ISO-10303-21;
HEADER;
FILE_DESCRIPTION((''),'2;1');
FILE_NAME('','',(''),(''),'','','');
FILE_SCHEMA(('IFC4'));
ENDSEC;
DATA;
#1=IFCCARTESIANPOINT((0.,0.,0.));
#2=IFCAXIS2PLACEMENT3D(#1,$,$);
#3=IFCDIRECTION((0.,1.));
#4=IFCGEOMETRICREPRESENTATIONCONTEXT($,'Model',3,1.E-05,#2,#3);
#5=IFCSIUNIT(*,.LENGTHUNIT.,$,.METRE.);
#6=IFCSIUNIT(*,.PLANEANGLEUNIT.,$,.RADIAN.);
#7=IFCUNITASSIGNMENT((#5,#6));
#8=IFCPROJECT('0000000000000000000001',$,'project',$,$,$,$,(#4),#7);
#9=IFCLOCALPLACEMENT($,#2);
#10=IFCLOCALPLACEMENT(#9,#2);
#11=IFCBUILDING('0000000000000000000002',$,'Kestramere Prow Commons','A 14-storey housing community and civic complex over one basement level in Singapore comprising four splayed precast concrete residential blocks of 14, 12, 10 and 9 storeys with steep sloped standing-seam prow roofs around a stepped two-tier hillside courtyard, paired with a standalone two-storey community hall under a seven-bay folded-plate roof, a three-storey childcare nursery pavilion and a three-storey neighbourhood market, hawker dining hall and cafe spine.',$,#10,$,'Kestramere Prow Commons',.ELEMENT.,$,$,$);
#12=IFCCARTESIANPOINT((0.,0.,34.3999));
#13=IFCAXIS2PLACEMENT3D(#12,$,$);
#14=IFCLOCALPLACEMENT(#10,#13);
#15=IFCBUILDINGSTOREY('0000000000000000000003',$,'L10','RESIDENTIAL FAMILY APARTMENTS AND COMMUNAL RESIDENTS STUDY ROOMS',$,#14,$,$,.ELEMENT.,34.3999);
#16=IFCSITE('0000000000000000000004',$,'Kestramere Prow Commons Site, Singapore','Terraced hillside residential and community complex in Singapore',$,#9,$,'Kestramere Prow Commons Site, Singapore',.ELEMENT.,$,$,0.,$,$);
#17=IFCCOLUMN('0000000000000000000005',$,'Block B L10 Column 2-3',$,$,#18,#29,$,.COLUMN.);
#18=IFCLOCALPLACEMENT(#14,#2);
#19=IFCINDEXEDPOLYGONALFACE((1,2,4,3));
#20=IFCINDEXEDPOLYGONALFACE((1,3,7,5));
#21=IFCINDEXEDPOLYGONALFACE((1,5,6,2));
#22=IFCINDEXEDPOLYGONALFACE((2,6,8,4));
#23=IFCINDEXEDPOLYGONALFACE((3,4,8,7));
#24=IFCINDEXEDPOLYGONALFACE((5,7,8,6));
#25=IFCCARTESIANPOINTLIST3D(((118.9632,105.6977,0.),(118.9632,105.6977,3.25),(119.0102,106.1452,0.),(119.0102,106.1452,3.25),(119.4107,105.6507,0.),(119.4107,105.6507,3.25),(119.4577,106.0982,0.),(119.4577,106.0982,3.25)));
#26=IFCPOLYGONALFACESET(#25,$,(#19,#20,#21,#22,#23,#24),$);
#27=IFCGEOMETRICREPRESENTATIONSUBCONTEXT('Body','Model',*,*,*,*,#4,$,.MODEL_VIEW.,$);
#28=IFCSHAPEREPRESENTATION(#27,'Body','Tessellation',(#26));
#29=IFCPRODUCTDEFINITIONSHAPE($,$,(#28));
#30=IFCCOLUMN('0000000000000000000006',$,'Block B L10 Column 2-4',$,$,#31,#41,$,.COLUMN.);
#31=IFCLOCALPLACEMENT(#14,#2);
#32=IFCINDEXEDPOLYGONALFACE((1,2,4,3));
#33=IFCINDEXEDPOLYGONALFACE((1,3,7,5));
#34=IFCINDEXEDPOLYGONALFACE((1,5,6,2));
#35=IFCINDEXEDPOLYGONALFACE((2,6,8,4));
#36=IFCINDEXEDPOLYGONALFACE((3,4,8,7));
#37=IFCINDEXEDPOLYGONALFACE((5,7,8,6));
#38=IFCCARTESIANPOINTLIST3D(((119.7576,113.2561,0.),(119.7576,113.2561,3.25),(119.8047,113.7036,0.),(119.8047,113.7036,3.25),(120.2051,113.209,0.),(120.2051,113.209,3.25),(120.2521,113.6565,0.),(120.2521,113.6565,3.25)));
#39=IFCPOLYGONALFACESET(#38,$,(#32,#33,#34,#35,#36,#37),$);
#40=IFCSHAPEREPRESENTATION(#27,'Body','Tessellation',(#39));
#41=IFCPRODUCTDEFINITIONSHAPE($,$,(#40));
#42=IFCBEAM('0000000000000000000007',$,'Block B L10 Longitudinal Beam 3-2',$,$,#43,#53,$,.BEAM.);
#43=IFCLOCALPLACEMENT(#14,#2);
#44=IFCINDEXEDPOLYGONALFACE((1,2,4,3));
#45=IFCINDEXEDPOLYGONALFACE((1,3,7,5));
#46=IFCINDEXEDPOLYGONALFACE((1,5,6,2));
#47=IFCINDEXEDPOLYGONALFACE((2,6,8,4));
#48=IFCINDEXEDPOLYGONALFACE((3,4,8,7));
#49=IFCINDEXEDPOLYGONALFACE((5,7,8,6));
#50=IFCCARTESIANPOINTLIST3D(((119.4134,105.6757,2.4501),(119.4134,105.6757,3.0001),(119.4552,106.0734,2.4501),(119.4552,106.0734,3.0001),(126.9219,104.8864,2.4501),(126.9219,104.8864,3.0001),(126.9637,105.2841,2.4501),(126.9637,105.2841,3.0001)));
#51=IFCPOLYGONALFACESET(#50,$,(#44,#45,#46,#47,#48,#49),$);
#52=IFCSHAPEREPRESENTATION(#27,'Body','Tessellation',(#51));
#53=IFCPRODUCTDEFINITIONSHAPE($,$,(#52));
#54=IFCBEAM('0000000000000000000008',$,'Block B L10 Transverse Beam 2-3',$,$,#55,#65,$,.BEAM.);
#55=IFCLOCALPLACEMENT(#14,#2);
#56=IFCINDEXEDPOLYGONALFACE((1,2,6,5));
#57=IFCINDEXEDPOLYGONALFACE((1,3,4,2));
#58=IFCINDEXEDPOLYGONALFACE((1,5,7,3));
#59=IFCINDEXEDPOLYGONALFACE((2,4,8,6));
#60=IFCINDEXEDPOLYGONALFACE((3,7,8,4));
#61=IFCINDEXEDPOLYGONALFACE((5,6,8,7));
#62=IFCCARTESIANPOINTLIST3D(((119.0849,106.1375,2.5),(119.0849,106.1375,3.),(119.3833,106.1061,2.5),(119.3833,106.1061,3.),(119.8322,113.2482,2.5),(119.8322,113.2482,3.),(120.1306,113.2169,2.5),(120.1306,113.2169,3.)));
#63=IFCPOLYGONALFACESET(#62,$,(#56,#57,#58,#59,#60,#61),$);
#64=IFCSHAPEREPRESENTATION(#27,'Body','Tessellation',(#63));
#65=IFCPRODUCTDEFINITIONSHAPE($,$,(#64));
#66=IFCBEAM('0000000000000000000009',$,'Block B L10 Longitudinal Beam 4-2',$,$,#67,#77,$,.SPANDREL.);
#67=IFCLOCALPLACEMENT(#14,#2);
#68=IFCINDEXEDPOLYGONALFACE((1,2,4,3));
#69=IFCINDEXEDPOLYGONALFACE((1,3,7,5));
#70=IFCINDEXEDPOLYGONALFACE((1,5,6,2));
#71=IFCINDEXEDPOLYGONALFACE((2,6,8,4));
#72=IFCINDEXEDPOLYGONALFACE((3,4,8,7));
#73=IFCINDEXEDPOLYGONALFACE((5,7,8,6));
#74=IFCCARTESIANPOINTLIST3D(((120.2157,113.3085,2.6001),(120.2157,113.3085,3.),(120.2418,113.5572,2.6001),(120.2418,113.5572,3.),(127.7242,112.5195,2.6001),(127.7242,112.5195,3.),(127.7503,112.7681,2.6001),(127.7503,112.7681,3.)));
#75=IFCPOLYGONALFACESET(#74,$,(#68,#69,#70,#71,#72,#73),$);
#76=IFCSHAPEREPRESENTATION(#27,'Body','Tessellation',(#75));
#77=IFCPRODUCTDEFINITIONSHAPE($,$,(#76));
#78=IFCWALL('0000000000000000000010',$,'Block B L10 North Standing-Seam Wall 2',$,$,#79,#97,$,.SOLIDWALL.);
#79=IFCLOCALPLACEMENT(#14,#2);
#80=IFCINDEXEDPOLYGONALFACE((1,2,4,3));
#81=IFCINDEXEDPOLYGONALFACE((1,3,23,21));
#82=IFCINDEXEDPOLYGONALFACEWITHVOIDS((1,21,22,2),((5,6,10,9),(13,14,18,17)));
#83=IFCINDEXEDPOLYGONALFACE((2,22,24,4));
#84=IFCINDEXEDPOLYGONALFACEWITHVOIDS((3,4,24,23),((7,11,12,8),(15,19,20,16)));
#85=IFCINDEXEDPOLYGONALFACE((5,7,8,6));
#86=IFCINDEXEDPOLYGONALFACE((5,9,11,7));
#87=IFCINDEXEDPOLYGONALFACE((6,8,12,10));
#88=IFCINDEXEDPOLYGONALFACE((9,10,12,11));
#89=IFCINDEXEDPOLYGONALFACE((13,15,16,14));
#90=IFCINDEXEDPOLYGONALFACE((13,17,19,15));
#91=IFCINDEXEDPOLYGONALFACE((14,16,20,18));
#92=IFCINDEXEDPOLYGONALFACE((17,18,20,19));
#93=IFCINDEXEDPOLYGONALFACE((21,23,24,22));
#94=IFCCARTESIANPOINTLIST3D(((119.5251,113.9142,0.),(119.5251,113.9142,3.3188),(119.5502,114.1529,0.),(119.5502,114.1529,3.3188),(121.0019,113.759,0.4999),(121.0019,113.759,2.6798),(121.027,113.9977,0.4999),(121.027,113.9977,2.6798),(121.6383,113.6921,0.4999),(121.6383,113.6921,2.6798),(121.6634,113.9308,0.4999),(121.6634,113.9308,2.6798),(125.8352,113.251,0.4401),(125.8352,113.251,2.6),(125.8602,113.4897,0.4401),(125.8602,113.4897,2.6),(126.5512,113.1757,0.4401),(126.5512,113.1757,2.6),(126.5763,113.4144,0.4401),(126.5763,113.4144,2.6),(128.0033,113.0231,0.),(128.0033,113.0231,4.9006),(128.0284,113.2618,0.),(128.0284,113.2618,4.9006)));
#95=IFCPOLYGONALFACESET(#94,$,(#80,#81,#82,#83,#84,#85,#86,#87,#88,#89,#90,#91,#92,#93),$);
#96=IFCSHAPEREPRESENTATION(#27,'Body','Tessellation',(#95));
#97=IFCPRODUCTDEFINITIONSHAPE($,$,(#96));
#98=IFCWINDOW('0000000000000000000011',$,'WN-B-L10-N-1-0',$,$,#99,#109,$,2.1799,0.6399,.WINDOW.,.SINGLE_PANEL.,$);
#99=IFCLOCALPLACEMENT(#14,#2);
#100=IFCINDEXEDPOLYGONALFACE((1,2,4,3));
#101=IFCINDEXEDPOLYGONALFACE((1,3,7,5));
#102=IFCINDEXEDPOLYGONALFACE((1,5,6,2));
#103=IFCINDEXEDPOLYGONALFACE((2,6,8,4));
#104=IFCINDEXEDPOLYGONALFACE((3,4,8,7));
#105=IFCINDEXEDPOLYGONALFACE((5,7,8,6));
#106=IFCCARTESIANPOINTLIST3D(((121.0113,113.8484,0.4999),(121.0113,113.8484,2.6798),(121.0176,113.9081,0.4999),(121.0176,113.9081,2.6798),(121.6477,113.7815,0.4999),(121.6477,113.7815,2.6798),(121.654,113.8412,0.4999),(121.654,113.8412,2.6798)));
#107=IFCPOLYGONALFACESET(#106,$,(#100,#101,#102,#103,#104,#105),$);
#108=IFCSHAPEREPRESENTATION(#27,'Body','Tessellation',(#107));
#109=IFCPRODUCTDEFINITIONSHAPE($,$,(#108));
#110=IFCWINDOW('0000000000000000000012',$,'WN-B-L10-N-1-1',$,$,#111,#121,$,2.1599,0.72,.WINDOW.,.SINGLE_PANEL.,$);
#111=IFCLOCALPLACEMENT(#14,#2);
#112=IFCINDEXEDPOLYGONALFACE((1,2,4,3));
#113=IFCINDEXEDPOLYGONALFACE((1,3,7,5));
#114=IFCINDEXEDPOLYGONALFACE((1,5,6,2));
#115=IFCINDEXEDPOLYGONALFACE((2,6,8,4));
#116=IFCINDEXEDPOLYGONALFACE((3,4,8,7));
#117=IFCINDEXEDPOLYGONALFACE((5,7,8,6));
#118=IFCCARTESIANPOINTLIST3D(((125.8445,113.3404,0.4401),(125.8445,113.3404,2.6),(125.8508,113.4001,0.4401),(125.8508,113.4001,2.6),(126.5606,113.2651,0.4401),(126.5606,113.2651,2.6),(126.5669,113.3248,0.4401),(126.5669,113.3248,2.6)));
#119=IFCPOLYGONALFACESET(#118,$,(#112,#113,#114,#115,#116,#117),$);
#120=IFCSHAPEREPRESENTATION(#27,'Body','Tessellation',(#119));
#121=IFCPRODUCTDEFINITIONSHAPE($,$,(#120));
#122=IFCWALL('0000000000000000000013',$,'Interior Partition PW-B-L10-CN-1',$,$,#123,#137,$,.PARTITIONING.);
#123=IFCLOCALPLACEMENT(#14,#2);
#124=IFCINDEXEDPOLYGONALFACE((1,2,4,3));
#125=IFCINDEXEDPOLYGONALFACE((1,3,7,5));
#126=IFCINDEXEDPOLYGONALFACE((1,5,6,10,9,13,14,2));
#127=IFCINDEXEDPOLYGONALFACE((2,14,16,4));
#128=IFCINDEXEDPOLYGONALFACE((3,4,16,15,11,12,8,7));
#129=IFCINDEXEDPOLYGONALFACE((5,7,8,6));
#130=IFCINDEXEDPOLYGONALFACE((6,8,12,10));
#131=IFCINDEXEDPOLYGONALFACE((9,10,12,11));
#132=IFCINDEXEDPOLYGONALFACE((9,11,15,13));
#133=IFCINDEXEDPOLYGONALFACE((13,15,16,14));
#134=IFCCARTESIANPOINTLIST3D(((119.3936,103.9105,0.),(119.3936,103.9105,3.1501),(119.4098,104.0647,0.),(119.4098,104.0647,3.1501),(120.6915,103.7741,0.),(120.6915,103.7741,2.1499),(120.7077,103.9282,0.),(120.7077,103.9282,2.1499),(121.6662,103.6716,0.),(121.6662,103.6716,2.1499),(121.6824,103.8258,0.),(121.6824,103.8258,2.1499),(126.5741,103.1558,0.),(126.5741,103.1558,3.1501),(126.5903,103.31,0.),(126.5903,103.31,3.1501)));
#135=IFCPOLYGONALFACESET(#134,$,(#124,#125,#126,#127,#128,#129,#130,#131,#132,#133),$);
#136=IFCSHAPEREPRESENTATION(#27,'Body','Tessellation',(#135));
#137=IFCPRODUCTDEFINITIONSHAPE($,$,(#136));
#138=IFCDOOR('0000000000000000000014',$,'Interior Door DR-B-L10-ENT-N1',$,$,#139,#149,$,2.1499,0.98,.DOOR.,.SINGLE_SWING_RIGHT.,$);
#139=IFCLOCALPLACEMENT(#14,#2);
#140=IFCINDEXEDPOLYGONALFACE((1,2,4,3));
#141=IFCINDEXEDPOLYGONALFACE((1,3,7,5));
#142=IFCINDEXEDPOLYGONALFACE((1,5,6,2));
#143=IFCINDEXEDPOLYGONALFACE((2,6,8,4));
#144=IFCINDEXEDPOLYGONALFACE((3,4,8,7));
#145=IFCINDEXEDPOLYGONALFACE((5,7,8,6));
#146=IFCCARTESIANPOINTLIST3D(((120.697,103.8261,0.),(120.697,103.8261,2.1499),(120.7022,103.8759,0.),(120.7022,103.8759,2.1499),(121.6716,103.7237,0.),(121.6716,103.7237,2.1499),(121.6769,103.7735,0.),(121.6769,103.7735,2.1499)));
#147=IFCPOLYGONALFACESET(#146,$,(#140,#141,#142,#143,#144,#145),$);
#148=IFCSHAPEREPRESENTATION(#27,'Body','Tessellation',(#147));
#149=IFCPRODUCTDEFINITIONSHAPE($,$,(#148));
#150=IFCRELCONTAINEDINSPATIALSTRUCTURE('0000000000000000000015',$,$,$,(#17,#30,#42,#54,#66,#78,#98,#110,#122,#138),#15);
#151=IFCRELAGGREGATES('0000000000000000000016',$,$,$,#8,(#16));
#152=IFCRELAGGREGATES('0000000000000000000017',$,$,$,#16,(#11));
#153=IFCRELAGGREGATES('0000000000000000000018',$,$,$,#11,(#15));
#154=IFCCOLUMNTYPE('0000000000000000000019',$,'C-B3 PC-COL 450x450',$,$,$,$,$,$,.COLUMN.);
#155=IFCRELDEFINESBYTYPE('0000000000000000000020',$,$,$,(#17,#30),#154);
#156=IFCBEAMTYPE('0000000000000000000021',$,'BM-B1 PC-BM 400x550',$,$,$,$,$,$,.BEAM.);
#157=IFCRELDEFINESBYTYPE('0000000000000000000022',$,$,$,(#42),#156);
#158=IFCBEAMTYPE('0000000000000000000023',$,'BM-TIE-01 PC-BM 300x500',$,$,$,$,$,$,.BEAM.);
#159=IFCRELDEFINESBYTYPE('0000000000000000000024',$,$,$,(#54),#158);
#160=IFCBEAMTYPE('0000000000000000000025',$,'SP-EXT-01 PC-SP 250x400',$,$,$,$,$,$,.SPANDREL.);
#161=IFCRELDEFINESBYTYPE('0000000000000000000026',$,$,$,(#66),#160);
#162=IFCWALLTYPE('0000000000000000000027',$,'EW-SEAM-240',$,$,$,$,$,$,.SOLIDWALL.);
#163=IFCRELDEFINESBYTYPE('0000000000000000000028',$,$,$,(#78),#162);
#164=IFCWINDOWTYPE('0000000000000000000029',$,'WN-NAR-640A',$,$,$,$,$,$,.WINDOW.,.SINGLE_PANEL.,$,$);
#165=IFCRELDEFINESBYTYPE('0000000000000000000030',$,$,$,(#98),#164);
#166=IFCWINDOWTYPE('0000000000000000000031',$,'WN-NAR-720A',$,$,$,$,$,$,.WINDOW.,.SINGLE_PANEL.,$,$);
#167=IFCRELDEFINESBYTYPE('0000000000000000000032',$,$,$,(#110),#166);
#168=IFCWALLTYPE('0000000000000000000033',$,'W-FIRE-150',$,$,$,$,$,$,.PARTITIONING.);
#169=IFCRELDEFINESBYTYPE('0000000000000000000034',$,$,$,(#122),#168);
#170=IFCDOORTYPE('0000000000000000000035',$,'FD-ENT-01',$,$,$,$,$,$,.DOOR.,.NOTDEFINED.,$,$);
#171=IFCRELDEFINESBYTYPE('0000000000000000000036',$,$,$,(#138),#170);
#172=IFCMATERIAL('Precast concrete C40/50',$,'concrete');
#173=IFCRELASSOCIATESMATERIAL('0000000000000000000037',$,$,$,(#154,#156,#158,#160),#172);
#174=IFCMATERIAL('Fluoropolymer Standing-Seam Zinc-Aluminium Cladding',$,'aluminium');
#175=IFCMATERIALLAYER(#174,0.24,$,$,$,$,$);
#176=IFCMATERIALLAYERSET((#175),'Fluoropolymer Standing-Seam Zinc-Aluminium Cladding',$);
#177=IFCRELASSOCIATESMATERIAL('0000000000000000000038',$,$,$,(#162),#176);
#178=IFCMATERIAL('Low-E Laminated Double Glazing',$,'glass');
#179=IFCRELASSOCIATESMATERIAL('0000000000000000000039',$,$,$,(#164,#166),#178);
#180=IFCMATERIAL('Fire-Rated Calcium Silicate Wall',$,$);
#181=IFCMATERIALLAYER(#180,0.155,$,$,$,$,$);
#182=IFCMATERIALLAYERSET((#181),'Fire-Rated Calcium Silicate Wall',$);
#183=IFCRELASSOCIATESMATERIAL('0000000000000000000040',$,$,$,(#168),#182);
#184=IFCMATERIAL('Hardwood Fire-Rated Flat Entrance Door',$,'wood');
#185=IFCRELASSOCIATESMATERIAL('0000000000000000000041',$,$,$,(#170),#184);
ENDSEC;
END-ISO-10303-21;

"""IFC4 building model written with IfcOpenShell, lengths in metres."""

from ifc_helpers import new_model, si_unit, direction, frame, frame_2d, origin, origin_2d, place, context, subcontext, project, spatial, polyline, rectangle, outline, extrude, material, layer, layer_set, material_profile, profile_set, type_object, element, fill, save


model = new_model("IFC4")

# Units and contexts
model_context = context("Model", 3, precision=1e-05, world=origin(), true_north=direction((0.0, 1.0)))
body_context = subcontext(model_context, "Body", "Model", "MODEL_VIEW")
ifc_project = project(units=[si_unit("LENGTHUNIT", "METRE"), si_unit("PLANEANGLEUNIT", "RADIAN")], contexts=[model_context])

# Site, building, storey
site_placement = place(None, origin())
site = spatial("IfcSite", under=ifc_project, at=site_placement, Name="Kestramere Prow Commons Site, Singapore", Description="Terraced hillside residential and community complex in Singapore", LongName="Kestramere Prow Commons Site, Singapore", CompositionType="ELEMENT", RefElevation=0.0)
building_placement = place(site_placement, origin())
building = spatial("IfcBuilding", under=site, at=building_placement, Name="Kestramere Prow Commons", Description="A 14-storey housing community and civic complex over one basement level in Singapore comprising four splayed precast concrete residential blocks of 14, 12, 10 and 9 storeys with steep sloped standing-seam prow roofs around a stepped two-tier hillside courtyard, paired with a standalone two-storey community hall under a seven-bay folded-plate roof, a three-storey childcare nursery pavilion and a three-storey neighbourhood market, hawker dining hall and cafe spine.", LongName="Kestramere Prow Commons", CompositionType="ELEMENT")
storey_placement = place(building_placement, frame((0.0, 0.0, 34.3999)))
storey = spatial("IfcBuildingStorey", under=building, at=storey_placement, Name="L10", Description="RESIDENTIAL FAMILY APARTMENTS AND COMMUNAL RESIDENTS STUDY ROOMS", CompositionType="ELEMENT", Elevation=34.3999)

# Columns
ifc_material_1 = material(Name="Precast concrete C40/50", Category="concrete")
ifc_material_profile_1 = material_profile(ifc_material_1, rectangle(XDim=0.45, YDim=0.45, at=origin_2d()), Name="PC-COL 450x450")
ifc_profile_set_1 = profile_set([ifc_material_profile_1], Name="Precast concrete C40/50")
column_type = type_object("IfcColumnType", Name="C-B3 PC-COL 450x450", PredefinedType="COLUMN", material=ifc_profile_set_1)
for number, where, z_axis, x_axis, name in (
    (1, (119.2104, 105.8979, 0.0), (0.0, 0.0, 1.0), (0.994522, -0.104528, 0.0), "Block B L10 Column 2-3"),
    (2, (120.0049, 113.4563, 0.0), (0.0, 0.0, 1.0), (0.994522, -0.104528, 0.0), "Block B L10 Column 2-4"),
):
    element("IfcColumn", number, at=place(storey_placement, frame(where, z_axis=z_axis, x_axis=x_axis)), inside=storey, type_object=column_type, Name=name, PredefinedType="COLUMN", context=body_context, shape_type="SweptSolid", body=[
        extrude(rectangle(XDim=0.45, YDim=0.45, at=origin_2d()), origin(), (0.0, 0.0, 1.0), 3.25),
    ])

# Beams
ifc_material_profile_2 = material_profile(ifc_material_1, rectangle(XDim=0.3999, YDim=0.55, at=origin_2d()), Name="PC-BM 400x550")
ifc_profile_set_2 = profile_set([ifc_material_profile_2], Name="Precast concrete C40/50")
beam_type_1 = type_object("IfcBeamType", Name="BM-B1 PC-BM 400x550", PredefinedType="BEAM", material=ifc_profile_set_2)
beam_1_placement = place(storey_placement, frame((119.4343, 105.8745, 2.7251), z_axis=(0.99452, -0.104545, 0.0), x_axis=(0.104545, 0.99452, 0.0)))
element("IfcBeam", 3, at=beam_1_placement, inside=storey, type_object=beam_type_1, Name="Block B L10 Longitudinal Beam 3-2", PredefinedType="BEAM", context=body_context, shape_type="SweptSolid", body=[
    extrude(rectangle(XDim=0.3999, YDim=0.55, at=origin_2d()), origin(), (0.0, 0.0, 1.0), 7.5498),
])
ifc_material_profile_3 = material_profile(ifc_material_1, rectangle(XDim=0.3, YDim=0.5, at=origin_2d()), Name="PC-BM 300x500")
ifc_profile_set_3 = profile_set([ifc_material_profile_3], Name="Precast concrete C40/50")
beam_type_2 = type_object("IfcBeamType", Name="BM-TIE-01 PC-BM 300x500", PredefinedType="BEAM", material=ifc_profile_set_3)
beam_2_placement = place(storey_placement, frame((119.2341, 106.1218, 2.75), z_axis=(0.104519, 0.994523, 0.0), x_axis=(-0.994523, 0.104519, 0.0)))
element("IfcBeam", 4, at=beam_2_placement, inside=storey, type_object=beam_type_2, Name="Block B L10 Transverse Beam 2-3", PredefinedType="BEAM", context=body_context, shape_type="SweptSolid", body=[
    extrude(rectangle(XDim=0.3, YDim=0.5, at=origin_2d()), origin(), (0.0, 0.0, 1.0), 7.1499),
])
ifc_material_profile_4 = material_profile(ifc_material_1, rectangle(XDim=0.25, YDim=0.3999, at=origin_2d()), Name="PC-SP 250x400")
ifc_profile_set_4 = profile_set([ifc_material_profile_4], Name="Precast concrete C40/50")
beam_type_3 = type_object("IfcBeamType", Name="SP-EXT-01 PC-SP 250x400", PredefinedType="SPANDREL", material=ifc_profile_set_4)
beam_3_placement = place(storey_placement, frame((120.2288, 113.4329, 2.8), z_axis=(0.994524, -0.104513, 0.0), x_axis=(0.104513, 0.994524, 0.0)))
element("IfcBeam", 5, at=beam_3_placement, inside=storey, type_object=beam_type_3, Name="Block B L10 Longitudinal Beam 4-2", PredefinedType="SPANDREL", context=body_context, shape_type="SweptSolid", body=[
    extrude(rectangle(XDim=0.25, YDim=0.3999, at=origin_2d()), origin(), (0.0, 0.0, 1.0), 7.5498),
])

# Wall, openings, windows
ifc_material_2 = material(Name="Fluoropolymer Standing-Seam Zinc-Aluminium Cladding", Category="aluminium")
ifc_layer_1 = layer(ifc_material_2, 0.24)
ifc_layer_set_1 = layer_set([ifc_layer_1], Name="Fluoropolymer Standing-Seam Zinc-Aluminium Cladding")
wall_type_1 = type_object("IfcWallType", Name="EW-SEAM-240", PredefinedType="SOLIDWALL", material=ifc_layer_set_1)
wall_1_placement = place(storey_placement, frame((119.5376, 114.0334, 0.0), z_axis=(0.0, 0.0, 1.0), x_axis=(0.994522, -0.10453, 0.0)))
wall_1 = element("IfcWall", 6, at=wall_1_placement, inside=storey, type_object=wall_type_1, Name="Block B L10 North Standing-Seam Wall 2", PredefinedType="SOLIDWALL", context=body_context, shape_type="SweptSolid", body=[
    extrude(outline(polyline([(0.0, 0.0), (8.5249, 0.0), (8.5249, 4.9006), (0.0, 3.3188), (0.0, 0.0)])), frame((0.0, 0.1201, 0.0), z_axis=(0.0, -1.0, 0.0), x_axis=(1.0, 0.0, 0.0)), (0.0, 0.0, 1.0), 0.24),
])
opening_1_placement = place(wall_1_placement, frame((1.4851, 0.0, 0.5)))
opening_1 = element("IfcOpeningElement", 7, at=opening_1_placement, cuts=wall_1, PredefinedType="OPENING", context=body_context, shape_type="SweptSolid", body=[
    extrude(rectangle(XDim=0.6399, YDim=2.1799, at=frame_2d((0.3198, 1.0898))), frame((0.0, 0.135, 0.0), z_axis=(0.0, -1.0, 0.0), x_axis=(1.0, 0.0, 0.0)), (0.0, 0.0, 1.0), 0.27),
])
opening_2_placement = place(wall_1_placement, frame((6.345, 0.0, 0.4399)))
opening_2 = element("IfcOpeningElement", 8, at=opening_2_placement, cuts=wall_1, PredefinedType="OPENING", context=body_context, shape_type="SweptSolid", body=[
    extrude(rectangle(XDim=0.72, YDim=2.1599, at=frame_2d((0.3599, 1.0801))), frame((0.0, 0.135, 0.0), z_axis=(0.0, -1.0, 0.0), x_axis=(1.0, 0.0, 0.0)), (0.0, 0.0, 1.0), 0.27),
])
ifc_material_3 = material(Name="Low-E Laminated Double Glazing", Category="glass")
window_type_1 = type_object("IfcWindowType", Name="WN-NAR-640A", PartitioningType="SINGLE_PANEL", PredefinedType="WINDOW", material=ifc_material_3)
window_1_placement = place(opening_1_placement, origin())
window_1 = element("IfcWindow", 9, at=window_1_placement, inside=storey, type_object=window_type_1, Name="WN-B-L10-N-1-0", OverallHeight=2.1799, OverallWidth=0.6399, PartitioningType="SINGLE_PANEL", PredefinedType="WINDOW", context=body_context, shape_type="SweptSolid", body=[
    extrude(rectangle(XDim=0.6399, YDim=2.1799, at=frame_2d((0.3198, 1.0898))), frame((0.0, 0.03, 0.0), z_axis=(0.0, -1.0, 0.0), x_axis=(1.0, 0.0, 0.0)), (0.0, 0.0, 1.0), 0.0601),
])
fill(opening_1, window_1)
window_type_2 = type_object("IfcWindowType", Name="WN-NAR-720A", PartitioningType="SINGLE_PANEL", PredefinedType="WINDOW", material=ifc_material_3)
window_2_placement = place(opening_2_placement, origin())
window_2 = element("IfcWindow", 10, at=window_2_placement, inside=storey, type_object=window_type_2, Name="WN-B-L10-N-1-1", OverallHeight=2.1599, OverallWidth=0.72, PartitioningType="SINGLE_PANEL", PredefinedType="WINDOW", context=body_context, shape_type="SweptSolid", body=[
    extrude(rectangle(XDim=0.72, YDim=2.1599, at=frame_2d((0.3599, 1.0801))), frame((0.0, 0.03, 0.0), z_axis=(0.0, -1.0, 0.0), x_axis=(1.0, 0.0, 0.0)), (0.0, 0.0, 1.0), 0.0601),
])
fill(opening_2, window_2)

# Wall, opening, door
ifc_material_4 = material(Name="Fire-Rated Calcium Silicate Wall")
ifc_layer_2 = layer(ifc_material_4, 0.155)
ifc_layer_set_2 = layer_set([ifc_layer_2], Name="Fire-Rated Calcium Silicate Wall")
wall_type_2 = type_object("IfcWallType", Name="W-FIRE-150", PredefinedType="PARTITIONING", material=ifc_layer_set_2)
wall_2_placement = place(storey_placement, frame((119.4019, 103.9875, 0.0), z_axis=(0.0, 0.0, 1.0), x_axis=(0.994523, -0.104521, 0.0)))
wall_2 = element("IfcWall", 11, at=wall_2_placement, inside=storey, type_object=wall_type_2, Name="Interior Partition PW-B-L10-CN-1", PredefinedType="PARTITIONING", context=body_context, shape_type="SweptSolid", body=[
    extrude(rectangle(XDim=7.22, YDim=0.155, at=frame_2d((3.6099, 0.0))), origin(), (0.0, 0.0, 1.0), 3.1501),
])
opening_3_placement = place(wall_2_placement, frame((1.3049, 0.0, 0.0)))
opening_3 = element("IfcOpeningElement", 12, at=opening_3_placement, cuts=wall_2, PredefinedType="OPENING", context=body_context, shape_type="SweptSolid", body=[
    extrude(rectangle(XDim=0.98, YDim=2.1499, at=frame_2d((0.49, 1.075))), frame((0.0, 0.0925, 0.0), z_axis=(0.0, -1.0, 0.0), x_axis=(1.0, 0.0, 0.0)), (0.0, 0.0, 1.0), 0.1851),
])
ifc_material_5 = material(Name="Hardwood Fire-Rated Flat Entrance Door", Category="wood")
door_type_1 = type_object("IfcDoorType", Name="FD-ENT-01", OperationType="NOTDEFINED", PredefinedType="DOOR", material=ifc_material_5)
door_1_placement = place(opening_3_placement, origin())
door_1 = element("IfcDoor", 13, at=door_1_placement, inside=storey, type_object=door_type_1, Name="Interior Door DR-B-L10-ENT-N1", OperationType="SINGLE_SWING_RIGHT", OverallHeight=2.1499, OverallWidth=0.98, PredefinedType="DOOR", context=body_context, shape_type="SweptSolid", body=[
    extrude(rectangle(XDim=0.98, YDim=2.1499, at=frame_2d((0.49, 1.075))), frame((0.0, 0.0249, 0.0), z_axis=(0.0, -1.0, 0.0), x_axis=(1.0, 0.0, 0.0)), (0.0, 0.0, 1.0), 0.05),
])
fill(opening_3, door_1)

save(model, "model.ifc")
